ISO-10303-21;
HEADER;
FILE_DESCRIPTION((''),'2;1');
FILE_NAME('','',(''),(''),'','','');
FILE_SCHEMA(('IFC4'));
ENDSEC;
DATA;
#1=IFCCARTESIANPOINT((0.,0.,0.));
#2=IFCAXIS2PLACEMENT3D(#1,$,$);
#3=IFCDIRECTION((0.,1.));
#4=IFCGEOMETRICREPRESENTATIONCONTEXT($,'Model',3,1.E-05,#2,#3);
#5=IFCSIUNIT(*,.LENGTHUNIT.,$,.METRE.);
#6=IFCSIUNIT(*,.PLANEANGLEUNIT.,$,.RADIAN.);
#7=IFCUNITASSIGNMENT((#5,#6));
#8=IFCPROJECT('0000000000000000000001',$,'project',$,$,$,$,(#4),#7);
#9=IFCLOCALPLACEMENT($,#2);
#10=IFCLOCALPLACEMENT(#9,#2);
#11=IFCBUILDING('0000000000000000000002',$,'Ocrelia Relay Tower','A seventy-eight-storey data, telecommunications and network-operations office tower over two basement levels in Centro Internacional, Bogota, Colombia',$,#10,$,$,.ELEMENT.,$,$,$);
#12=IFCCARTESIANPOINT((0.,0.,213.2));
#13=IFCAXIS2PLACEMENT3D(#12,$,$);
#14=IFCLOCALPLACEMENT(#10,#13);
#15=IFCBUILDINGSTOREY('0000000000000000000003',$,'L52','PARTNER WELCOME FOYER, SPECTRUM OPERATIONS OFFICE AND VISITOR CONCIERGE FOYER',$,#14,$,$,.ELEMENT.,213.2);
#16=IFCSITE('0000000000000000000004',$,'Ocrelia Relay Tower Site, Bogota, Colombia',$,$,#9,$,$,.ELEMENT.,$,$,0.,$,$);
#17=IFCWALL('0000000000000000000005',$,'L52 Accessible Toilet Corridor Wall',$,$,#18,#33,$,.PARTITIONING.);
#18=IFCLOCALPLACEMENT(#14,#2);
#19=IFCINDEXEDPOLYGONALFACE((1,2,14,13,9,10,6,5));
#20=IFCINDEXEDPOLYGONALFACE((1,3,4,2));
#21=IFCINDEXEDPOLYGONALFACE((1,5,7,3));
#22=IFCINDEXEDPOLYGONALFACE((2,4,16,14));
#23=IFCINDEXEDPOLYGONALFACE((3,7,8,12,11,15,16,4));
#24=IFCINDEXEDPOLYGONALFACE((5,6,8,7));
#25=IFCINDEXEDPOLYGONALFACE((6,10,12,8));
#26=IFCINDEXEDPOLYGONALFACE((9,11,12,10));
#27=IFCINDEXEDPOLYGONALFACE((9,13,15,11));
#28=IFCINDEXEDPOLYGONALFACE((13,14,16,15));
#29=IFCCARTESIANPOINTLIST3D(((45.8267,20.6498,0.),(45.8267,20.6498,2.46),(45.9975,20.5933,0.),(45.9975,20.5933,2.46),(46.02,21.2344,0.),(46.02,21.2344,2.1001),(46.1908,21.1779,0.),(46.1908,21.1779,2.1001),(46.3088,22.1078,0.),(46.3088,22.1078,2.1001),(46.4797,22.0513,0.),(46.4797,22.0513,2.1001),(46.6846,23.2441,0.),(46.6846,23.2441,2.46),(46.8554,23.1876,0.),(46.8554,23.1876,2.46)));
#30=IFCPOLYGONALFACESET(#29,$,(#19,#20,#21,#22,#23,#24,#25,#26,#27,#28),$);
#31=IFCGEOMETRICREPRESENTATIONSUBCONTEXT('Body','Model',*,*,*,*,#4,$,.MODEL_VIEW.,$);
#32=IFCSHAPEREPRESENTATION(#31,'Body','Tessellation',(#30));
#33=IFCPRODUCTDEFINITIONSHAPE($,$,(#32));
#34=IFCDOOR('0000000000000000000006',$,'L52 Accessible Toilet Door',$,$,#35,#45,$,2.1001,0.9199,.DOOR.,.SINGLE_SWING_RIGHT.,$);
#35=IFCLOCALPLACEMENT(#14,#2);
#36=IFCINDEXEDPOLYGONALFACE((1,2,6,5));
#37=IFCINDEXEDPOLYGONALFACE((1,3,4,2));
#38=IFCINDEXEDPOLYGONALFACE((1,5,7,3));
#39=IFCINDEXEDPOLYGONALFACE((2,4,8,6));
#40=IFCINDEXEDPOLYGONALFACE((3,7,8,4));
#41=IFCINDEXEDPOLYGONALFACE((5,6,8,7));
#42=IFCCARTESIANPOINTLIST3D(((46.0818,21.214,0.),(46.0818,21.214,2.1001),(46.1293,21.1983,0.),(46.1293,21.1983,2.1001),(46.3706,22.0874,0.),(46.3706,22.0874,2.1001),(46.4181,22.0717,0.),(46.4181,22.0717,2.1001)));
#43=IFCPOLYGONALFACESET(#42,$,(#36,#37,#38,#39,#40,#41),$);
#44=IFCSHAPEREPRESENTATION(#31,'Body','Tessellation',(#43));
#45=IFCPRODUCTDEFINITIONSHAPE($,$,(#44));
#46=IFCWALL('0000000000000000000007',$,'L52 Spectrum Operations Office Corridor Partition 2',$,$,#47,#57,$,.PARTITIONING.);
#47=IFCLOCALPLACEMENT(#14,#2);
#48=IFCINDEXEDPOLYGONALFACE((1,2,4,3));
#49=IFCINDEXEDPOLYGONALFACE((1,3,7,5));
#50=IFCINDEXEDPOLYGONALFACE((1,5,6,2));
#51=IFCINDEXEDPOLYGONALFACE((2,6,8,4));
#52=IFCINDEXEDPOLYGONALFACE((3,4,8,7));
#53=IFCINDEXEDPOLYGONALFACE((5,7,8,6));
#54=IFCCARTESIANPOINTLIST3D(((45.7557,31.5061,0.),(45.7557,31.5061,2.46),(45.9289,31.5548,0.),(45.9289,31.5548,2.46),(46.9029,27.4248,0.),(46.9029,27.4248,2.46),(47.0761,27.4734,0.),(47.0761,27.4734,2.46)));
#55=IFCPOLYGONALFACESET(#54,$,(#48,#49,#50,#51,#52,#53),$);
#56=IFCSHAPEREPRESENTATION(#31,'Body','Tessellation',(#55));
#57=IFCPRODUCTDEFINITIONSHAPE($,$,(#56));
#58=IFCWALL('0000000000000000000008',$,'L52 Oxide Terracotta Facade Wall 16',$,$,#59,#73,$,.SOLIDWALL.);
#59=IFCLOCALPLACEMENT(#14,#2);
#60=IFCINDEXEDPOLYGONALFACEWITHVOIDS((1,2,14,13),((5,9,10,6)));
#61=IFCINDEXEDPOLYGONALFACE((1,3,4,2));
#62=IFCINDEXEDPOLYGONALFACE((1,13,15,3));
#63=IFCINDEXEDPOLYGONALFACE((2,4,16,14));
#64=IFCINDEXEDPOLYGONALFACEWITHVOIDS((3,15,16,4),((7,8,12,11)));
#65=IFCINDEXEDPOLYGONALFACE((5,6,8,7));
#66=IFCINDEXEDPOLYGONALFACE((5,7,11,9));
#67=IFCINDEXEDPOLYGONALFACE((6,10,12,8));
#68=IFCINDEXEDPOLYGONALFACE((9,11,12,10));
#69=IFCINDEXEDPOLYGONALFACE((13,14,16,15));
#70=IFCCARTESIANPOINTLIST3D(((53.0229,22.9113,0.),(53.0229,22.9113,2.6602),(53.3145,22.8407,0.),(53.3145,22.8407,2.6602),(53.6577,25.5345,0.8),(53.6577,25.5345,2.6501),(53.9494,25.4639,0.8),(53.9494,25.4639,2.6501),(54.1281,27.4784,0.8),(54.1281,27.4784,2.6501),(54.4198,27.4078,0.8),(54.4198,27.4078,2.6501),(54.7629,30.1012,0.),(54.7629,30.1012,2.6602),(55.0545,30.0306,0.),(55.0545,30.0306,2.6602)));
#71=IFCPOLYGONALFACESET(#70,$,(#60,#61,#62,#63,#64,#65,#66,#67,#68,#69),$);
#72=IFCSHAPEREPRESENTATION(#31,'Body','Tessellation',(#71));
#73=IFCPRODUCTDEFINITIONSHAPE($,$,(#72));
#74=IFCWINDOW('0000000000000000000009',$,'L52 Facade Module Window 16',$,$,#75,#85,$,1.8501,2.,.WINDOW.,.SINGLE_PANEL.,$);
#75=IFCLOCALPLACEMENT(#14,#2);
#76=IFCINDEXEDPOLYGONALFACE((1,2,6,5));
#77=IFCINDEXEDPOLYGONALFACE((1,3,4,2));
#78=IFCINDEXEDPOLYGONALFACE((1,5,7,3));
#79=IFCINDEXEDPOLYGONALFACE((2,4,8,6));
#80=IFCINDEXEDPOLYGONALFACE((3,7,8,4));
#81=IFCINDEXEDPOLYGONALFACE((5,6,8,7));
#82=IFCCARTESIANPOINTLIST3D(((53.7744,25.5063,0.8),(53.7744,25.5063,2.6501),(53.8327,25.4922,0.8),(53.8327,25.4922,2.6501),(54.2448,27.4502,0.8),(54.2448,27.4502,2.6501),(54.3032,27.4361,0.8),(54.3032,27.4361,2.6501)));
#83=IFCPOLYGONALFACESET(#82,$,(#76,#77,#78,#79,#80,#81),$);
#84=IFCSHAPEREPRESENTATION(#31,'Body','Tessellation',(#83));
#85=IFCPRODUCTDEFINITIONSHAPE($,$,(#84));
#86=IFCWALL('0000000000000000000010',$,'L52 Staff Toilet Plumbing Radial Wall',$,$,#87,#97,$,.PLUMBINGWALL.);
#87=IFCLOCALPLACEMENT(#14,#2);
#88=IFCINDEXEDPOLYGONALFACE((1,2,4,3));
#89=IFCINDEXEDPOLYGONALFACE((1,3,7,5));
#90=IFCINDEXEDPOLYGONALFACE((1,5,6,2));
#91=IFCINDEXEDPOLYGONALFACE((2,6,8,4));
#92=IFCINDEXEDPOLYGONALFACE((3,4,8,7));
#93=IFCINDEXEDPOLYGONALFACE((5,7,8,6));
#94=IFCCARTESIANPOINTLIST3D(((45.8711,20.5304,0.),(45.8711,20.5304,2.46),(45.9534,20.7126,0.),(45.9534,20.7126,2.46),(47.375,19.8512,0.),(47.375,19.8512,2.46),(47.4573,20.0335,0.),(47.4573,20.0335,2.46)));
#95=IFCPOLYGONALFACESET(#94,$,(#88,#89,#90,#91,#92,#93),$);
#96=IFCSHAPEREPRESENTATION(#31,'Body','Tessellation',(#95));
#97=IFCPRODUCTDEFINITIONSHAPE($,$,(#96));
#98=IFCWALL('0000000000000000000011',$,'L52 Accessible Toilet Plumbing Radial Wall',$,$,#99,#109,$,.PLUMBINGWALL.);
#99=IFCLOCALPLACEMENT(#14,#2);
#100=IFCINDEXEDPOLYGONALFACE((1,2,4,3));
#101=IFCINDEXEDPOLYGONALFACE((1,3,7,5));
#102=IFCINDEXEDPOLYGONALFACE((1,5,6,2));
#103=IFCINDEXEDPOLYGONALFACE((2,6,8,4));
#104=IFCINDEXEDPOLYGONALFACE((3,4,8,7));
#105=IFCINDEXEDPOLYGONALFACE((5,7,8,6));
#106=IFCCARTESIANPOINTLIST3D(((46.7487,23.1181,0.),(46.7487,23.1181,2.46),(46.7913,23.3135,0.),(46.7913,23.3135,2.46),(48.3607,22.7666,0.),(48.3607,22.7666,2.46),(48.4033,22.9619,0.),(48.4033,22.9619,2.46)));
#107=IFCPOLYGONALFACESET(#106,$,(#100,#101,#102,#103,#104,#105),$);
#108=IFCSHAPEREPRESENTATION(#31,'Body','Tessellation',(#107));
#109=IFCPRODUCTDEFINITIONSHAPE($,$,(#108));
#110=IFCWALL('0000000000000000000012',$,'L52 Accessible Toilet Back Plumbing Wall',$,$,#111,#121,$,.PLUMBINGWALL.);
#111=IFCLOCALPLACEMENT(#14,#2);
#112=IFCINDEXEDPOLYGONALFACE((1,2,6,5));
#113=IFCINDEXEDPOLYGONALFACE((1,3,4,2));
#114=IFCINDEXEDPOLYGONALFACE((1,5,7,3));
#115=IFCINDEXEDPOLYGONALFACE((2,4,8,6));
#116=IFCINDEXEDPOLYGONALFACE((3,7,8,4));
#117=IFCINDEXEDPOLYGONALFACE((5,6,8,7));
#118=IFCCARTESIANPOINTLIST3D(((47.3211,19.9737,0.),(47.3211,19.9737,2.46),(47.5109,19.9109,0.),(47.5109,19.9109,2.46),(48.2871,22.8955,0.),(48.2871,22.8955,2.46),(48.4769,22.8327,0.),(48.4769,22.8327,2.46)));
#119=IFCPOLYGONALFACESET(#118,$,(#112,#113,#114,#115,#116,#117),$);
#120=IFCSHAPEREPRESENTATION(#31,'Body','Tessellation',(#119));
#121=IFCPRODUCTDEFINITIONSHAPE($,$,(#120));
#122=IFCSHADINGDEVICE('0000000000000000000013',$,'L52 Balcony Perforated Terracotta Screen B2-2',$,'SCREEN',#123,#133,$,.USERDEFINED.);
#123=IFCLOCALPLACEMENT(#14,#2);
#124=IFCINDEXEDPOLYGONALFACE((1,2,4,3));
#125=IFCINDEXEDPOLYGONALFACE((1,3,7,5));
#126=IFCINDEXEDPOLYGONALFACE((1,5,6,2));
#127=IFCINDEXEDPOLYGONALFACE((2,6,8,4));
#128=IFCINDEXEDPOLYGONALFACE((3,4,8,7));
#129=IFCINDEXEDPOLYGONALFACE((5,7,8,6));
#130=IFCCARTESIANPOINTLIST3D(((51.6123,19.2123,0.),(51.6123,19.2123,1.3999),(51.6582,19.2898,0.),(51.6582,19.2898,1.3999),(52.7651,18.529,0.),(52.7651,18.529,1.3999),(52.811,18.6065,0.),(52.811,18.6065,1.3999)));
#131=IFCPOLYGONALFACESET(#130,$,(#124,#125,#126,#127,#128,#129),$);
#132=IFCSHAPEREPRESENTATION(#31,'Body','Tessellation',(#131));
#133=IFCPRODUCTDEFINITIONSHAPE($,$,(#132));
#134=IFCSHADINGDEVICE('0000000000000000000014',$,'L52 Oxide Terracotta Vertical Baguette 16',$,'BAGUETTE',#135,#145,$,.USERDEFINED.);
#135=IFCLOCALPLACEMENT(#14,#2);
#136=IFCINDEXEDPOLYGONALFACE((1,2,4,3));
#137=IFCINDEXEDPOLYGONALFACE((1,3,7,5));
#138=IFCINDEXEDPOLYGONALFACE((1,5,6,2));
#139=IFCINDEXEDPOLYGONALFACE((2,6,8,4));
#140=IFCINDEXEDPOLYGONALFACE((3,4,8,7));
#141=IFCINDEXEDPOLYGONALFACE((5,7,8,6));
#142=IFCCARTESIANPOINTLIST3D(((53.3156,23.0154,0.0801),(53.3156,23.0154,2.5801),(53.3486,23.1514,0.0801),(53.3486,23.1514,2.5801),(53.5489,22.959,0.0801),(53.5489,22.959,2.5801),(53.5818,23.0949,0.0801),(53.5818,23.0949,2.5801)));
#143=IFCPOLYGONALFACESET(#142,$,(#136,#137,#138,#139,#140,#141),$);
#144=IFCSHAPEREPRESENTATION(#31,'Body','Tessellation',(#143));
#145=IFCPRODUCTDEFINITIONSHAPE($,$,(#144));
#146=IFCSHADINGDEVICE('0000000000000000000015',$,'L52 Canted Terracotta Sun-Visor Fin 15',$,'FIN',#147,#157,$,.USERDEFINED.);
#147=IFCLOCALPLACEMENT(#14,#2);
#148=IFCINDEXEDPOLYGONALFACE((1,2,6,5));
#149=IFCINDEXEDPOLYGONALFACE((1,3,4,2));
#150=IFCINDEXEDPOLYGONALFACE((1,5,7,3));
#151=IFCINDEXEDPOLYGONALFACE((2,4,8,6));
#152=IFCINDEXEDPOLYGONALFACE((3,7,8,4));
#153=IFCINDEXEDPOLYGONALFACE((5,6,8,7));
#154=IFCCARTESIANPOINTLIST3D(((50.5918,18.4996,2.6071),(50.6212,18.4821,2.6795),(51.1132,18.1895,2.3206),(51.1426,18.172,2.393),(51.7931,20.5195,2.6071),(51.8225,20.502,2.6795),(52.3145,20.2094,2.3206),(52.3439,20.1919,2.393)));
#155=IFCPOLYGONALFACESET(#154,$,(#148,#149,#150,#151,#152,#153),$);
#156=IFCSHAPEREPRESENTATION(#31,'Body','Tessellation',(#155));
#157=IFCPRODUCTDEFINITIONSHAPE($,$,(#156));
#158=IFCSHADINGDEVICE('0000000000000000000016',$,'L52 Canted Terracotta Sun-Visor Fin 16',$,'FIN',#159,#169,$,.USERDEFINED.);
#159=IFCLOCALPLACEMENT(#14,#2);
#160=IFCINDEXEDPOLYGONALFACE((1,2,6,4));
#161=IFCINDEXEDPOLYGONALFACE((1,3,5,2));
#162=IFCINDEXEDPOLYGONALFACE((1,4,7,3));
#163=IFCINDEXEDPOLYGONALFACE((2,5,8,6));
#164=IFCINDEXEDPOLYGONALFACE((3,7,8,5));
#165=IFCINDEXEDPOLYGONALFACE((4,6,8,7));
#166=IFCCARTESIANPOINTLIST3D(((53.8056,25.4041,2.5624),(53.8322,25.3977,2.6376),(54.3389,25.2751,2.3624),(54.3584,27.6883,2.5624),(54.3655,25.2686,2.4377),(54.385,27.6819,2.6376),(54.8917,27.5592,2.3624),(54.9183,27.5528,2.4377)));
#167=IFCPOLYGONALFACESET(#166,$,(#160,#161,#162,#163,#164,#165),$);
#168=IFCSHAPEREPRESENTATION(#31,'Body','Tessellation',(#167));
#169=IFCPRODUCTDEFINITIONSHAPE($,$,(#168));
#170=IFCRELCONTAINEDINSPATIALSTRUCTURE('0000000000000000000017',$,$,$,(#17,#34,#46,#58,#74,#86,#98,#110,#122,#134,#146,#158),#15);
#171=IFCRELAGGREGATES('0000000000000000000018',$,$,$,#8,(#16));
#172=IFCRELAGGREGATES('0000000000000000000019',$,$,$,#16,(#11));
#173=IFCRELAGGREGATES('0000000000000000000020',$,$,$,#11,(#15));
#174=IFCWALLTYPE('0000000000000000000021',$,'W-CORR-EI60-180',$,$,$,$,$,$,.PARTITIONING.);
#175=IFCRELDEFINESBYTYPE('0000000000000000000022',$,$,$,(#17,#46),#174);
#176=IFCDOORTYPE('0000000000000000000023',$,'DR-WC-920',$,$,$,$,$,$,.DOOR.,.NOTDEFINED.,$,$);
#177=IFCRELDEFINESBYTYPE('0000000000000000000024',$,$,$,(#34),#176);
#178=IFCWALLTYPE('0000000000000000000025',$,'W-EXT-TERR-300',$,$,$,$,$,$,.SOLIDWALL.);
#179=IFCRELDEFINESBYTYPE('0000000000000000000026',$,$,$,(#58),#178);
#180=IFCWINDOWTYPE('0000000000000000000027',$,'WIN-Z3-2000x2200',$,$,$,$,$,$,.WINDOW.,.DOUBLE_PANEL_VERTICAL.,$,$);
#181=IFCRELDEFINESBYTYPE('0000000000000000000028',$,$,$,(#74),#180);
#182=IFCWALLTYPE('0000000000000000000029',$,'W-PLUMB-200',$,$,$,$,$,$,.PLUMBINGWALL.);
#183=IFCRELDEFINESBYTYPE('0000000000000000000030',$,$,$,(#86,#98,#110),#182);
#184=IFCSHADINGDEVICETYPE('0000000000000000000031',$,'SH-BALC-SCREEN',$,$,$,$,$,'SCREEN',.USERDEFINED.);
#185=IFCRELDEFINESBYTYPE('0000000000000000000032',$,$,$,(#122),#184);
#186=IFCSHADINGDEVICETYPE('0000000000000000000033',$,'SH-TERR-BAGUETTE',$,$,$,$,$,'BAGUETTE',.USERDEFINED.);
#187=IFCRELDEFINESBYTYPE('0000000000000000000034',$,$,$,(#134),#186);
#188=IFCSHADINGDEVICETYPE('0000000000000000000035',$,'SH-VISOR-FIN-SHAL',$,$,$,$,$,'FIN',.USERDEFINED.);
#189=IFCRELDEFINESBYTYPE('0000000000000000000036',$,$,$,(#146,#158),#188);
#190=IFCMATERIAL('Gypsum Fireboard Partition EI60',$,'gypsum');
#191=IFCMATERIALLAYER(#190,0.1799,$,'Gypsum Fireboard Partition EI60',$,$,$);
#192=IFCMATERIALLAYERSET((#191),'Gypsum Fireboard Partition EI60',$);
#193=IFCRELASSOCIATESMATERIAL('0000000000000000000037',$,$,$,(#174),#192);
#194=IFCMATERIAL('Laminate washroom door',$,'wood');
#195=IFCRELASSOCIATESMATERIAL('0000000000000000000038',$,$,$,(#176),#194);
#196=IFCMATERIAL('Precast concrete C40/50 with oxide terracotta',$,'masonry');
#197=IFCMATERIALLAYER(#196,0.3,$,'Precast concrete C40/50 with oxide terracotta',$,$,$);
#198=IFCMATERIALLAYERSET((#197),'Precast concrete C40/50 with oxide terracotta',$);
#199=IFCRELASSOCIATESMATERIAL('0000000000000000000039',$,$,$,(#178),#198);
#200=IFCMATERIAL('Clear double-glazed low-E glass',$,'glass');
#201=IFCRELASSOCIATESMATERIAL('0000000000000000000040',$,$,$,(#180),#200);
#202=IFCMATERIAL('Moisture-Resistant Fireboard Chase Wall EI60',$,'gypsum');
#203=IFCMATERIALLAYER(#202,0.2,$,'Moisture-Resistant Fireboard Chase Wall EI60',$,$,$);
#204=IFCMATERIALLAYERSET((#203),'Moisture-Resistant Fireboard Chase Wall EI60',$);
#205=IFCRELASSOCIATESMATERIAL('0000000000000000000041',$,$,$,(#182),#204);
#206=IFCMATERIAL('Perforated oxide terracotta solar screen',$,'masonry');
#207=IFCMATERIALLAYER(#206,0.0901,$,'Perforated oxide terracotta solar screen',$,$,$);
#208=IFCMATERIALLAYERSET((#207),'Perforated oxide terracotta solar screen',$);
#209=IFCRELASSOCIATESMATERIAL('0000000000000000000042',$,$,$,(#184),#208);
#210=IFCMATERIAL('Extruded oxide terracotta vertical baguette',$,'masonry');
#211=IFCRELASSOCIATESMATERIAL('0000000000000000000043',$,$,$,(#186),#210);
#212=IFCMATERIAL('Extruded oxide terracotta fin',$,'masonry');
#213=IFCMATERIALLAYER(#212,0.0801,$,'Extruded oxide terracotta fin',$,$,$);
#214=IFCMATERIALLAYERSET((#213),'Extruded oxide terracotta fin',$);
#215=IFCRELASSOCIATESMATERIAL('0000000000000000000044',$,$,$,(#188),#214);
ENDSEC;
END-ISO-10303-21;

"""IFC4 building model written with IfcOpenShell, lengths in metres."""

from ifc_helpers import new_model, si_unit, direction, frame, frame_2d, origin, origin_2d, place, context, subcontext, project, spatial, rectangle, extrude, material, layer, layer_set, type_object, element, fill, save


model = new_model("IFC4")

# Units and contexts
model_context = context("Model", 3, precision=1e-05, world=origin(), true_north=direction((0.0, 1.0)))
body_context = subcontext(model_context, "Body", "Model", "MODEL_VIEW")
ifc_project = project(units=[si_unit("LENGTHUNIT", "METRE"), si_unit("PLANEANGLEUNIT", "RADIAN")], contexts=[model_context])

# Site, building, storey
site_placement = place(None, origin())
site = spatial("IfcSite", under=ifc_project, at=site_placement, Name="Ocrelia Relay Tower Site, Bogota, Colombia", CompositionType="ELEMENT", RefElevation=0.0)
building_placement = place(site_placement, origin())
building = spatial("IfcBuilding", under=site, at=building_placement, Name="Ocrelia Relay Tower", Description="A seventy-eight-storey data, telecommunications and network-operations office tower over two basement levels in Centro Internacional, Bogota, Colombia", CompositionType="ELEMENT")
storey_placement = place(building_placement, frame((0.0, 0.0, 213.2)))
storey = spatial("IfcBuildingStorey", under=building, at=storey_placement, Name="L52", Description="PARTNER WELCOME FOYER, SPECTRUM OPERATIONS OFFICE AND VISITOR CONCIERGE FOYER", CompositionType="ELEMENT", Elevation=213.2)

# Wall, opening, door
ifc_material_1 = material(Name="Gypsum Fireboard Partition EI60", Category="gypsum")
ifc_layer_1 = layer(ifc_material_1, 0.1799, Name="Gypsum Fireboard Partition EI60")
ifc_layer_set_1 = layer_set([ifc_layer_1], Name="Gypsum Fireboard Partition EI60")
wall_type_1 = type_object("IfcWallType", Name="W-CORR-EI60-180", PredefinedType="PARTITIONING", material=ifc_layer_set_1)
wall_1_placement = place(storey_placement, frame((45.9121, 20.6216, 0.0), z_axis=(0.0, 0.0, 1.0), x_axis=(0.313975, 0.949431, 0.0)))
wall_1 = element("IfcWall", 1, at=wall_1_placement, inside=storey, type_object=wall_type_1, Name="L52 Accessible Toilet Corridor Wall", PredefinedType="PARTITIONING", context=body_context, shape_type="SweptSolid", body=[
    extrude(rectangle(XDim=2.7324, YDim=0.1799, at=frame_2d((1.3662, 0.0))), origin(), (0.0, 0.0, 1.0), 2.46),
])
opening_1_placement = place(wall_1_placement, frame((0.6157, 0.0, 0.0)))
opening_1 = element("IfcOpeningElement", 2, at=opening_1_placement, cuts=wall_1, PredefinedType="OPENING", context=body_context, shape_type="SweptSolid", body=[
    extrude(rectangle(XDim=0.9199, YDim=2.1001, at=frame_2d((0.46, 1.05))), frame((0.0, 0.1001, 0.0), z_axis=(0.0, -1.0, 0.0), x_axis=(1.0, 0.0, 0.0)), (0.0, 0.0, 1.0), 0.2),
])
ifc_material_2 = material(Name="Laminate washroom door", Category="wood")
door_type_1 = type_object("IfcDoorType", Name="DR-WC-920", OperationType="NOTDEFINED", PredefinedType="DOOR", material=ifc_material_2)
door_1_placement = place(opening_1_placement, origin())
door_1 = element("IfcDoor", 3, at=door_1_placement, inside=storey, type_object=door_type_1, Name="L52 Accessible Toilet Door", OperationType="SINGLE_SWING_RIGHT", OverallHeight=2.1001, OverallWidth=0.9199, PredefinedType="DOOR", context=body_context, shape_type="SweptSolid", body=[
    extrude(rectangle(XDim=0.9199, YDim=2.1001, at=frame_2d((0.46, 1.05))), frame((0.0, 0.0249, 0.0), z_axis=(0.0, -1.0, 0.0), x_axis=(1.0, 0.0, 0.0)), (0.0, 0.0, 1.0), 0.05),
])
fill(opening_1, door_1)

# Wall
wall_2_placement = place(storey_placement, frame((46.9895, 27.4492, 0.0), z_axis=(0.0, 0.0, 1.0), x_axis=(-0.270604, 0.962691, 0.0)))
element("IfcWall", 4, at=wall_2_placement, inside=storey, type_object=wall_type_1, Name="L52 Spectrum Operations Office Corridor Partition 2", PredefinedType="PARTITIONING", context=body_context, shape_type="SweptSolid", body=[
    extrude(rectangle(XDim=4.2395, YDim=0.1799, at=frame_2d((2.1196, 0.0))), origin(), (0.0, 0.0, 1.0), 2.46),
])

# Wall, opening, window
ifc_material_3 = material(Name="Precast concrete C40/50 with oxide terracotta", Category="masonry")
ifc_layer_2 = layer(ifc_material_3, 0.3, Name="Precast concrete C40/50 with oxide terracotta")
ifc_layer_set_2 = layer_set([ifc_layer_2], Name="Precast concrete C40/50 with oxide terracotta")
wall_type_2 = type_object("IfcWallType", Name="W-EXT-TERR-300", PredefinedType="SOLIDWALL", material=ifc_layer_set_2)
wall_3_placement = place(storey_placement, frame((53.1687, 22.876, 0.0), z_axis=(0.0, 0.0, 1.0), x_axis=(0.235214, 0.971944, 0.0)))
wall_3 = element("IfcWall", 5, at=wall_3_placement, inside=storey, type_object=wall_type_2, Name="L52 Oxide Terracotta Facade Wall 16", PredefinedType="SOLIDWALL", context=body_context, shape_type="SweptSolid", body=[
    extrude(rectangle(XDim=7.3975, YDim=0.3, at=frame_2d((3.6987, 0.0))), origin(), (0.0, 0.0, 1.0), 2.6602),
])
opening_2_placement = place(wall_3_placement, frame((2.699, 0.0, 0.8)))
opening_2 = element("IfcOpeningElement", 6, at=opening_2_placement, cuts=wall_3, PredefinedType="OPENING", context=body_context, shape_type="SweptSolid", body=[
    extrude(rectangle(XDim=2.0, YDim=1.8501, at=frame_2d((1.0, 0.925))), frame((0.0, 0.1602, 0.0), z_axis=(0.0, -1.0, 0.0), x_axis=(1.0, 0.0, 0.0)), (0.0, 0.0, 1.0), 0.3201),
])
ifc_material_4 = material(Name="Clear double-glazed low-E glass", Category="glass")
window_type = type_object("IfcWindowType", Name="WIN-Z3-2000x2200", PartitioningType="DOUBLE_PANEL_VERTICAL", PredefinedType="WINDOW", material=ifc_material_4)
window_placement = place(opening_2_placement, origin())
window = element("IfcWindow", 7, at=window_placement, inside=storey, type_object=window_type, Name="L52 Facade Module Window 16", OverallHeight=1.8501, OverallWidth=2.0, PartitioningType="SINGLE_PANEL", PredefinedType="WINDOW", context=body_context, shape_type="SweptSolid", body=[
    extrude(rectangle(XDim=2.0, YDim=1.8501, at=frame_2d((1.0, 0.925))), frame((0.0, 0.03, 0.0), z_axis=(0.0, -1.0, 0.0), x_axis=(1.0, 0.0, 0.0)), (0.0, 0.0, 1.0), 0.0601),
])
fill(opening_2, window)

# Walls
ifc_material_5 = material(Name="Moisture-Resistant Fireboard Chase Wall EI60", Category="gypsum")
ifc_layer_3 = layer(ifc_material_5, 0.2, Name="Moisture-Resistant Fireboard Chase Wall EI60")
ifc_layer_set_3 = layer_set([ifc_layer_3], Name="Moisture-Resistant Fireboard Chase Wall EI60")
wall_type_3 = type_object("IfcWallType", Name="W-PLUMB-200", PredefinedType="PLUMBINGWALL", material=ifc_layer_set_3)
wall_4_placement = place(storey_placement, frame((45.9121, 20.6216, 0.0), z_axis=(0.0, 0.0, 1.0), x_axis=(0.911367, -0.411595, 0.0)))
element("IfcWall", 8, at=wall_4_placement, inside=storey, type_object=wall_type_3, Name="L52 Staff Toilet Plumbing Radial Wall", PredefinedType="PLUMBINGWALL", context=body_context, shape_type="SweptSolid", body=[
    extrude(rectangle(XDim=1.6501, YDim=0.2, at=frame_2d((0.8252, 0.0))), origin(), (0.0, 0.0, 1.0), 2.46),
])
wall_5_placement = place(storey_placement, frame((46.77, 23.2158, 0.0), z_axis=(0.0, 0.0, 1.0), x_axis=(0.977036, -0.213075, 0.0)))
element("IfcWall", 9, at=wall_5_placement, inside=storey, type_object=wall_type_3, Name="L52 Accessible Toilet Plumbing Radial Wall", PredefinedType="PLUMBINGWALL", context=body_context, shape_type="SweptSolid", body=[
    extrude(rectangle(XDim=1.6499, YDim=0.2, at=frame_2d((0.825, 0.0))), origin(), (0.0, 0.0, 1.0), 2.46),
])
wall_6_placement = place(storey_placement, frame((47.416, 19.9424, 0.0), z_axis=(0.0, 0.0, 1.0), x_axis=(0.313918, 0.94945, 0.0)))
element("IfcWall", 10, at=wall_6_placement, inside=storey, type_object=wall_type_3, Name="L52 Accessible Toilet Back Plumbing Wall", PredefinedType="PLUMBINGWALL", context=body_context, shape_type="SweptSolid", body=[
    extrude(rectangle(XDim=3.0774, YDim=0.2, at=frame_2d((1.5386, 0.0))), origin(), (0.0, 0.0, 1.0), 2.46),
])

# Shading devices
ifc_material_6 = material(Name="Perforated oxide terracotta solar screen", Category="masonry")
ifc_layer_4 = layer(ifc_material_6, 0.0901, Name="Perforated oxide terracotta solar screen")
ifc_layer_set_4 = layer_set([ifc_layer_4], Name="Perforated oxide terracotta solar screen")
shading_device_type_1 = type_object("IfcShadingDeviceType", Name="SH-BALC-SCREEN", ElementType="SCREEN", PredefinedType="USERDEFINED", material=ifc_layer_set_4)
shading_device_1_placement = place(storey_placement, frame((52.2117, 18.9094, 0.0), z_axis=(0.0, 0.0, 1.0), x_axis=(0.860241, -0.509887, 0.0)))
element("IfcShadingDevice", 11, at=shading_device_1_placement, inside=storey, type_object=shading_device_type_1, Name="L52 Balcony Perforated Terracotta Screen B2-2", ObjectType="SCREEN", PredefinedType="USERDEFINED", context=body_context, shape_type="SweptSolid", body=[
    extrude(rectangle(XDim=1.3401, YDim=0.0901, at=origin_2d()), origin(), (0.0, 0.0, 1.0), 1.3999),
])
ifc_material_7 = material(Name="Extruded oxide terracotta vertical baguette", Category="masonry")
shading_device_type_2 = type_object("IfcShadingDeviceType", Name="SH-TERR-BAGUETTE", ElementType="BAGUETTE", PredefinedType="USERDEFINED", material=ifc_material_7)
shading_device_2_placement = place(storey_placement, frame((53.4487, 23.0552, 0.0801), z_axis=(0.0, 0.0, 1.0), x_axis=(0.235213, 0.971944, 0.0)))
element("IfcShadingDevice", 12, at=shading_device_2_placement, inside=storey, type_object=shading_device_type_2, Name="L52 Oxide Terracotta Vertical Baguette 16", ObjectType="BAGUETTE", PredefinedType="USERDEFINED", context=body_context, shape_type="SweptSolid", body=[
    extrude(rectangle(XDim=0.1399, YDim=0.24, at=origin_2d()), origin(), (0.0, 0.0, 1.0), 2.5),
])
ifc_material_8 = material(Name="Extruded oxide terracotta fin", Category="masonry")
ifc_layer_5 = layer(ifc_material_8, 0.0801, Name="Extruded oxide terracotta fin")
ifc_layer_set_5 = layer_set([ifc_layer_5], Name="Extruded oxide terracotta fin")
shading_device_type_3 = type_object("IfcShadingDeviceType", Name="SH-VISOR-FIN-SHAL", ElementType="FIN", PredefinedType="USERDEFINED", material=ifc_layer_set_5)
shading_device_3_placement = place(storey_placement, frame((51.4531, 19.3545, 2.4639), z_axis=(0.367034, -0.218291, 0.904232), x_axis=(0.511169, 0.85948, 0.0)))
element("IfcShadingDevice", 13, at=shading_device_3_placement, inside=storey, type_object=shading_device_type_3, Name="L52 Canted Terracotta Sun-Visor Fin 15", ObjectType="FIN", PredefinedType="USERDEFINED", context=body_context, shape_type="SweptSolid", body=[
    extrude(rectangle(XDim=2.3501, YDim=0.6709, at=origin_2d()), origin(), (0.0, 0.0, 1.0), 0.0801),
])
shading_device_4_placement = place(storey_placement, frame((54.3486, 26.4817, 2.4624), z_axis=(0.332743, -0.080525, 0.939573), x_axis=(0.235213, 0.971944, 0.0)))
element("IfcShadingDevice", 14, at=shading_device_4_placement, inside=storey, type_object=shading_device_type_3, Name="L52 Canted Terracotta Sun-Visor Fin 16", ObjectType="FIN", PredefinedType="USERDEFINED", context=body_context, shape_type="SweptSolid", body=[
    extrude(rectangle(XDim=2.3501, YDim=0.584, at=origin_2d()), origin(), (0.0, 0.0, 1.0), 0.0801),
])

save(model, "model.ifc")
